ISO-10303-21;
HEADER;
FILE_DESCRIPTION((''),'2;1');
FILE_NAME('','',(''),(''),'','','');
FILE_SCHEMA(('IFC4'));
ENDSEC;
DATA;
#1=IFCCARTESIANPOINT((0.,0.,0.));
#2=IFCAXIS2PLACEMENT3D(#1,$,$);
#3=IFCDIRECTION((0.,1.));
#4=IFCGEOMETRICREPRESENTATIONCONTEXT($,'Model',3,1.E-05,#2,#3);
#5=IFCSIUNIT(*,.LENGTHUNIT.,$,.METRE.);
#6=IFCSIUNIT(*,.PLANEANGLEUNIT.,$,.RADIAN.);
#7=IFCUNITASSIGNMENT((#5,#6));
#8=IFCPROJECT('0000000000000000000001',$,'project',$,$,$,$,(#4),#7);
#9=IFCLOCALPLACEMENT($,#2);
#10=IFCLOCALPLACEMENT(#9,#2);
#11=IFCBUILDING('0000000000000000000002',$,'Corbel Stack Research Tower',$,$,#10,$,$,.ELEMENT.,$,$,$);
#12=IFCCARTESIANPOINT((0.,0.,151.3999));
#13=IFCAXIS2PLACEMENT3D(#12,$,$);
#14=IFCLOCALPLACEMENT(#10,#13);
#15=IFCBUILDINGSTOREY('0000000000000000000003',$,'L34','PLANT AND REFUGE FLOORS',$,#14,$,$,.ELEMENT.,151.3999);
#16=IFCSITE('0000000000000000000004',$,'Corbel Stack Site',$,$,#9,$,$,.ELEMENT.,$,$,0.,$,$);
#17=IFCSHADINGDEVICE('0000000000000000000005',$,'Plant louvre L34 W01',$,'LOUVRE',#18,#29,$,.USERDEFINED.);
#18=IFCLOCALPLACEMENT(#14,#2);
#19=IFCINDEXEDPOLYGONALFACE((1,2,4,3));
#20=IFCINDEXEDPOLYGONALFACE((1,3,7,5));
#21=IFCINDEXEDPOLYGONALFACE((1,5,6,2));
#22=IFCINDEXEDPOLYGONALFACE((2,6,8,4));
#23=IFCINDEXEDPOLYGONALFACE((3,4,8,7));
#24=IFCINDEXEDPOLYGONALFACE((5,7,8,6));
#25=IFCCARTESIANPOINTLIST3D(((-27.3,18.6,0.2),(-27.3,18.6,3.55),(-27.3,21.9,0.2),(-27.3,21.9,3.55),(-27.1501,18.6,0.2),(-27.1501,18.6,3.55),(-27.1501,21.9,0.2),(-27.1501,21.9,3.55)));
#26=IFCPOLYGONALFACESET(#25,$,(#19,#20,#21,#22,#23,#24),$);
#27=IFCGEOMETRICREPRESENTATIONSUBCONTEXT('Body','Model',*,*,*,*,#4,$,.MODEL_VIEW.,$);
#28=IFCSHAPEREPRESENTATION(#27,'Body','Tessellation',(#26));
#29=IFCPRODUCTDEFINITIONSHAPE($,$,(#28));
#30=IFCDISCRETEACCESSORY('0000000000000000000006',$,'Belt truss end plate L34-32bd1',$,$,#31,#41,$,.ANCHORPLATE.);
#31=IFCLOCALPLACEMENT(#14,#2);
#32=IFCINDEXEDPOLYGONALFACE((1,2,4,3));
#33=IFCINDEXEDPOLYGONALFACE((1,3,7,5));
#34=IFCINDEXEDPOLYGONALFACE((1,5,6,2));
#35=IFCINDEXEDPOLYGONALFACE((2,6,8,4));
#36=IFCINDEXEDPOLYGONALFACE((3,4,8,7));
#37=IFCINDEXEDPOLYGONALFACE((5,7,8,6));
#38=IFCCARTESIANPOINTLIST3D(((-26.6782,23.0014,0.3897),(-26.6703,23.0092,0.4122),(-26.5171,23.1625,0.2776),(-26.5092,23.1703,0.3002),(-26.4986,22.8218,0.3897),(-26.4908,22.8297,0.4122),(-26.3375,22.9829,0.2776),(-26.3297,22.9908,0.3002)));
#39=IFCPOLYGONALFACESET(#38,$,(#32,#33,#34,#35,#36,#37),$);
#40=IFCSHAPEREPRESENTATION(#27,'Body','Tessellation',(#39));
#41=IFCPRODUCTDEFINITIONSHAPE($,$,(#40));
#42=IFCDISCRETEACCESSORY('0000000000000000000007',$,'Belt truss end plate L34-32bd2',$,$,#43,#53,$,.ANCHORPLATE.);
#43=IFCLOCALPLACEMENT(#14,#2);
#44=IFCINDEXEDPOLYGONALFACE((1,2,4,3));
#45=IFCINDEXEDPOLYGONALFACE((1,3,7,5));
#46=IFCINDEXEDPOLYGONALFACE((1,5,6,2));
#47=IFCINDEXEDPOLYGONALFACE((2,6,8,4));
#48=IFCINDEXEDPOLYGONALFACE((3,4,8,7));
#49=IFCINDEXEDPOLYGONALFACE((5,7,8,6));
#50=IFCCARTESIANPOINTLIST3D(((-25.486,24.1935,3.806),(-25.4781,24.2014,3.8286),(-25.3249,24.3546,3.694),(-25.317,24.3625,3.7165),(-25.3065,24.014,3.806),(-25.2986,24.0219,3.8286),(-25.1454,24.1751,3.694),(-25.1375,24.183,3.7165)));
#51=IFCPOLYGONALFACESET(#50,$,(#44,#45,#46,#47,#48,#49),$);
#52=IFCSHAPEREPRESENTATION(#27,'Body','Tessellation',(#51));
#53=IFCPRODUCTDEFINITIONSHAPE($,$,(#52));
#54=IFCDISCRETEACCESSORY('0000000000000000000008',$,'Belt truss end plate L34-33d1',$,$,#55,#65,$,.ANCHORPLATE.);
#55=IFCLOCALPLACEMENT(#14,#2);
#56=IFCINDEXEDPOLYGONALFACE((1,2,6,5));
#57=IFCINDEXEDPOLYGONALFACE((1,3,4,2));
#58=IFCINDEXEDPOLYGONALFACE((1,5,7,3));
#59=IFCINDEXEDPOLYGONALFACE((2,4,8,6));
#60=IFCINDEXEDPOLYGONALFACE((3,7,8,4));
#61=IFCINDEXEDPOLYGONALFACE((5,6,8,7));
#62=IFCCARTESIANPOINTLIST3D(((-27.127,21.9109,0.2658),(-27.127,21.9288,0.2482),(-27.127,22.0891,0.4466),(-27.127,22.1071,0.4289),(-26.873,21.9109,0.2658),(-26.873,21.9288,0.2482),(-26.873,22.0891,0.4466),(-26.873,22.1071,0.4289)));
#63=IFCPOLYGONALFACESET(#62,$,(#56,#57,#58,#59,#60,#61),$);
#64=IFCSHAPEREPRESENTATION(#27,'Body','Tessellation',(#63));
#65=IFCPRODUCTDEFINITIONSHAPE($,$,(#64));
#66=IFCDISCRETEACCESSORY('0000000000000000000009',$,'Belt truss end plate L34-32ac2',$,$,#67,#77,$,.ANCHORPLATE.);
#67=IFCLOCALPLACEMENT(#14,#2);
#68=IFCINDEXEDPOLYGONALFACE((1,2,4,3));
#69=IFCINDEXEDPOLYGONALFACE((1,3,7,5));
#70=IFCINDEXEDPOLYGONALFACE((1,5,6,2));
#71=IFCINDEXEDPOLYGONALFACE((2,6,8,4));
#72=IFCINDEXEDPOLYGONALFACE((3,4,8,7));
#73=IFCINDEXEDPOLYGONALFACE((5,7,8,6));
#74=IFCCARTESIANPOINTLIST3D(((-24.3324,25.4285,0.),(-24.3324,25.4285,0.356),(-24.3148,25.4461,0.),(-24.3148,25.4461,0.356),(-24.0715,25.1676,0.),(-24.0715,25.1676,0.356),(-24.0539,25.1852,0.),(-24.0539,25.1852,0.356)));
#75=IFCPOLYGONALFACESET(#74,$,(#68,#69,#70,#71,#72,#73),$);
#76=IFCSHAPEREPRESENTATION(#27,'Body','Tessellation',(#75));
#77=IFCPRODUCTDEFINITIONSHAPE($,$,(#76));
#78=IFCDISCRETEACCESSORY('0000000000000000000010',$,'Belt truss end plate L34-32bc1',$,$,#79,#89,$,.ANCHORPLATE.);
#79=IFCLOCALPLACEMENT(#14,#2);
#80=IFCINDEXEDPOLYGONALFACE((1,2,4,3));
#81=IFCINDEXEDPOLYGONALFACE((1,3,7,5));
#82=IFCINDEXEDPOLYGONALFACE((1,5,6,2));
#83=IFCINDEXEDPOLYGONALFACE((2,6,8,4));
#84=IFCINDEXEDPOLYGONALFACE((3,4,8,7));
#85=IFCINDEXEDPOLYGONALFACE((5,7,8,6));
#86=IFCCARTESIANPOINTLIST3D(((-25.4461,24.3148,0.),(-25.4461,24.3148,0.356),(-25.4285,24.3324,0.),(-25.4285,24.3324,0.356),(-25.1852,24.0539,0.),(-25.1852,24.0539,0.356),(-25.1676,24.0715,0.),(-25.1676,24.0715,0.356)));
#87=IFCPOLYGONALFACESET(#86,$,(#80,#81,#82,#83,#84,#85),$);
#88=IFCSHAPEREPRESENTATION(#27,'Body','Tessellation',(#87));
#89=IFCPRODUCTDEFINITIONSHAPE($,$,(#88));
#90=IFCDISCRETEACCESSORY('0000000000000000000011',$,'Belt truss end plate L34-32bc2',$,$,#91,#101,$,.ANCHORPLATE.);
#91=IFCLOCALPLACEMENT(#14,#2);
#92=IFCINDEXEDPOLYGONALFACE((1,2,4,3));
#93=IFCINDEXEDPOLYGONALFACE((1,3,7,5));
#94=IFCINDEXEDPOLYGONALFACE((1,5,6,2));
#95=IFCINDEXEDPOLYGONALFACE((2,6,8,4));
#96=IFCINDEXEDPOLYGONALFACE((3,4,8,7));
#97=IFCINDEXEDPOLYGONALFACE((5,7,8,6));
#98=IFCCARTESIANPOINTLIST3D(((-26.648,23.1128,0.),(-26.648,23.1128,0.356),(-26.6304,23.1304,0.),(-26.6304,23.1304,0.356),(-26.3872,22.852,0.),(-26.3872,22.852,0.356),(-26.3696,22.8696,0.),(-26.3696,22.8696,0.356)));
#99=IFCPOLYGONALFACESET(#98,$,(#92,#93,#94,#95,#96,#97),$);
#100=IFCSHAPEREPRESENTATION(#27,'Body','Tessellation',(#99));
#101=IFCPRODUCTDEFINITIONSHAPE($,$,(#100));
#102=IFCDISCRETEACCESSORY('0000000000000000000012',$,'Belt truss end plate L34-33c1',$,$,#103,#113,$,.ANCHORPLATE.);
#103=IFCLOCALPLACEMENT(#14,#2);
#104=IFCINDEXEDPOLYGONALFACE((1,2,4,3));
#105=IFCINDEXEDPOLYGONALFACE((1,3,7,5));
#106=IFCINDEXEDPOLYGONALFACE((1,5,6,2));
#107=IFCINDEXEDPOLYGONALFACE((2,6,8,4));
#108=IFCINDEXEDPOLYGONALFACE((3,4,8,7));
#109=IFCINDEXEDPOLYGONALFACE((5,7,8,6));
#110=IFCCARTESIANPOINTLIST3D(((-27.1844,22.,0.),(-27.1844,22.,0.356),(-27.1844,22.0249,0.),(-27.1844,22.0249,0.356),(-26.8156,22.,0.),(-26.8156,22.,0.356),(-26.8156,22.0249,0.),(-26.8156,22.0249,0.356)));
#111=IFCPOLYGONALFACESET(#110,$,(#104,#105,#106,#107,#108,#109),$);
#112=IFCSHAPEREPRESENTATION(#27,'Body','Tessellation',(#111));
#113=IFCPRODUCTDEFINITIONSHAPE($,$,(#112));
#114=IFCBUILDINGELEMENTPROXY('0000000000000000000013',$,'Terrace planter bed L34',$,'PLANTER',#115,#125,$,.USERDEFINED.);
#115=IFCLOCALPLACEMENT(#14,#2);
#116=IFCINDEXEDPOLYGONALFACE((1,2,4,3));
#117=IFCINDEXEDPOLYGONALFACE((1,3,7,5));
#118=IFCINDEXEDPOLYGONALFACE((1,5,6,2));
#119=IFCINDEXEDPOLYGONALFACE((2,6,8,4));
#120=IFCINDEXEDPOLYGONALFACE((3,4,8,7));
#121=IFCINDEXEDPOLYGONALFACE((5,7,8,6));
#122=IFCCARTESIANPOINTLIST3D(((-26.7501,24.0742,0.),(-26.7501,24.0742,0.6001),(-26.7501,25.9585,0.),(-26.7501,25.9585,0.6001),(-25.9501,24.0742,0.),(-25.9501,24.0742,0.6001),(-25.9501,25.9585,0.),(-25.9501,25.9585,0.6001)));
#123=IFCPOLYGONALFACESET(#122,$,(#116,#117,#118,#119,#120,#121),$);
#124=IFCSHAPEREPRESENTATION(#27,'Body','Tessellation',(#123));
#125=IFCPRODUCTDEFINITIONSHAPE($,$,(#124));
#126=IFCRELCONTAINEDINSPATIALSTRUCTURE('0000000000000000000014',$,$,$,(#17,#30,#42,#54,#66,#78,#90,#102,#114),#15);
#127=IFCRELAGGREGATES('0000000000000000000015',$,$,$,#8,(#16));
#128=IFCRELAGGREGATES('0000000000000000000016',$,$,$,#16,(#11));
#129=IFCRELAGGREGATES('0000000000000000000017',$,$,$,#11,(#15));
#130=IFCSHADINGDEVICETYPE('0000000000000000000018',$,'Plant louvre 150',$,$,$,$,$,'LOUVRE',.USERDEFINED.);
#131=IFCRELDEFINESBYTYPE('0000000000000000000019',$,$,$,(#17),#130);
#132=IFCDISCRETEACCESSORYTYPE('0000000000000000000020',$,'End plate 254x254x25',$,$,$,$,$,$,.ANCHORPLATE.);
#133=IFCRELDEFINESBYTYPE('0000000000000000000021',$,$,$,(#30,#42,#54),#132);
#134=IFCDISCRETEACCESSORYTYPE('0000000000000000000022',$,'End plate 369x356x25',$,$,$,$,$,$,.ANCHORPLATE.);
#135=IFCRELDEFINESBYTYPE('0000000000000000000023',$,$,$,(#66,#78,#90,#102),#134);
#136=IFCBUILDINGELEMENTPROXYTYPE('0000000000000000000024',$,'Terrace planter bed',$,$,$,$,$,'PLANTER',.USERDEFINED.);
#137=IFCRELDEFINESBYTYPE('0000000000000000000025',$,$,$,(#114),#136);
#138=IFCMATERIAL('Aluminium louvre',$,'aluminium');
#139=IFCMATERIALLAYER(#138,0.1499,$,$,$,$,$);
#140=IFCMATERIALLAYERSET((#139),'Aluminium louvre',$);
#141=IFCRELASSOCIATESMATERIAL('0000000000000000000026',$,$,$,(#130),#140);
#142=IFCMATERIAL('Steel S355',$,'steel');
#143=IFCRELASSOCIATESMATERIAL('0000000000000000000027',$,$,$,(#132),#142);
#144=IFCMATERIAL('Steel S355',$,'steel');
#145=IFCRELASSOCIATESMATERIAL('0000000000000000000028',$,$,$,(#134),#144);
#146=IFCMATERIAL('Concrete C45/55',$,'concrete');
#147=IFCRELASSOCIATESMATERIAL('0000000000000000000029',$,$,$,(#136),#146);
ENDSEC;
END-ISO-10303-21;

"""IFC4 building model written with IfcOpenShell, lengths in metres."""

from ifc_helpers import new_model, si_unit, direction, frame, origin, origin_2d, place, context, subcontext, project, spatial, rectangle, extrude, material, layer, layer_set, material_profile, profile_set, type_object, element, save


model = new_model("IFC4")

# Units and contexts
model_context = context("Model", 3, precision=1e-05, world=origin(), true_north=direction((0.0, 1.0)))
body_context = subcontext(model_context, "Body", "Model", "MODEL_VIEW")
ifc_project = project(units=[si_unit("LENGTHUNIT", "METRE"), si_unit("PLANEANGLEUNIT", "RADIAN")], contexts=[model_context])

# Site, building, storey
site_placement = place(None, origin())
site = spatial("IfcSite", under=ifc_project, at=site_placement, Name="Corbel Stack Site", CompositionType="ELEMENT", RefElevation=0.0)
building_placement = place(site_placement, origin())
building = spatial("IfcBuilding", under=site, at=building_placement, Name="Corbel Stack Research Tower", CompositionType="ELEMENT")
storey_placement = place(building_placement, frame((0.0, 0.0, 151.3999)))
storey = spatial("IfcBuildingStorey", under=building, at=storey_placement, Name="L34", Description="PLANT AND REFUGE FLOORS", CompositionType="ELEMENT", Elevation=151.3999)

# Shading device
ifc_material_1 = material(Name="Aluminium louvre", Category="aluminium")
ifc_layer_1 = layer(ifc_material_1, 0.1499)
ifc_layer_set_1 = layer_set([ifc_layer_1], Name="Aluminium louvre")
shading_device_type = type_object("IfcShadingDeviceType", Name="Plant louvre 150", ElementType="LOUVRE", PredefinedType="USERDEFINED", material=ifc_layer_set_1)
shading_device_placement = place(storey_placement, frame((-27.2251, 20.25, 0.2), z_axis=(0.0, 0.0, 1.0), x_axis=(0.0, -1.0, 0.0)))
element("IfcShadingDevice", 1, at=shading_device_placement, inside=storey, type_object=shading_device_type, Name="Plant louvre L34 W01", ObjectType="LOUVRE", PredefinedType="USERDEFINED", context=body_context, shape_type="SweptSolid", body=[
    extrude(rectangle(XDim=3.3, YDim=0.1499, at=origin_2d()), origin(), (0.0, 0.0, 1.0), 3.3501),
])

# Discrete accessories
ifc_material_2 = material(Name="Steel S355", Category="steel")
ifc_material_profile_1 = material_profile(ifc_material_2, rectangle(XDim=0.2539, YDim=0.2539, at=origin_2d()), Name="End plate 254x254x25")
ifc_profile_set_1 = profile_set([ifc_material_profile_1], Name="Steel S355")
discrete_accessory_type_1 = type_object("IfcDiscreteAccessoryType", Name="End plate 254x254x25", PredefinedType="ANCHORPLATE", material=ifc_profile_set_1)
for number, where, z_axis, x_axis, name in (
    (2, (-26.5, 23.0, 0.3562), (-0.31211, -0.31211, -0.897315), (0.707107, -0.707107, 0.0), "Belt truss end plate L34-32bd1"),
    (3, (-25.3157, 24.1843, 3.75), (0.31211, 0.31211, 0.897315), (-0.707107, 0.707107, 0.0), "Belt truss end plate L34-32bd2"),
    (4, (-27.0, 22.0, 0.3562), (0.0, 0.711966, -0.702213), (-1.0, 0.0, 0.0), "Belt truss end plate L34-33d1"),
):
    element("IfcDiscreteAccessory", number, at=place(storey_placement, frame(where, z_axis=z_axis, x_axis=x_axis)), inside=storey, type_object=discrete_accessory_type_1, Name=name, PredefinedType="ANCHORPLATE", context=body_context, shape_type="SweptSolid", body=[
        extrude(rectangle(XDim=0.2539, YDim=0.2539, at=origin_2d()), origin(), (0.0, 0.0, 1.0), 0.0251),
    ])
ifc_material_3 = material(Name="Steel S355", Category="steel")
ifc_material_profile_2 = material_profile(ifc_material_3, rectangle(XDim=0.3689, YDim=0.356, at=origin_2d()), Name="End plate 369x356x25")
ifc_profile_set_2 = profile_set([ifc_material_profile_2], Name="Steel S355")
discrete_accessory_type_2 = type_object("IfcDiscreteAccessoryType", Name="End plate 369x356x25", PredefinedType="ANCHORPLATE", material=ifc_profile_set_2)
for number, where, z_axis, x_axis, name in (
    (5, (-24.1843, 25.3157, 0.178), (-0.707107, -0.707107, 0.0), (0.707107, -0.707107, 0.0), "Belt truss end plate L34-32ac2"),
    (6, (-25.3157, 24.1843, 0.178), (0.707107, 0.707107, 0.0), (-0.707107, 0.707107, 0.0), "Belt truss end plate L34-32bc1"),
    (7, (-26.5, 23.0, 0.178), (-0.707107, -0.707107, 0.0), (0.707107, -0.707107, 0.0), "Belt truss end plate L34-32bc2"),
    (8, (-27.0, 22.0, 0.178), (0.0, 1.0, 0.0), (-1.0, 0.0, 0.0), "Belt truss end plate L34-33c1"),
):
    element("IfcDiscreteAccessory", number, at=place(storey_placement, frame(where, z_axis=z_axis, x_axis=x_axis)), inside=storey, type_object=discrete_accessory_type_2, Name=name, PredefinedType="ANCHORPLATE", context=body_context, shape_type="SweptSolid", body=[
        extrude(rectangle(XDim=0.3689, YDim=0.356, at=origin_2d()), origin(), (0.0, 0.0, 1.0), 0.0249),
    ])

# Building element proxy
ifc_material_4 = material(Name="Concrete C45/55", Category="concrete")
building_element_proxy_type = type_object("IfcBuildingElementProxyType", Name="Terrace planter bed", ElementType="PLANTER", PredefinedType="USERDEFINED", material=ifc_material_4)
proxy_placement = place(storey_placement, frame((-26.3501, 25.0164, 0.0), z_axis=(0.0, 0.0, 1.0), x_axis=(0.0, 1.0, 0.0)))
element("IfcBuildingElementProxy", 9, at=proxy_placement, inside=storey, type_object=building_element_proxy_type, Name="Terrace planter bed L34", ObjectType="PLANTER", PredefinedType="USERDEFINED", context=body_context, shape_type="SweptSolid", body=[
    extrude(rectangle(XDim=1.8843, YDim=0.8, at=origin_2d()), origin(), (0.0, 0.0, 1.0), 0.6001),
])

save(model, "model.ifc")
